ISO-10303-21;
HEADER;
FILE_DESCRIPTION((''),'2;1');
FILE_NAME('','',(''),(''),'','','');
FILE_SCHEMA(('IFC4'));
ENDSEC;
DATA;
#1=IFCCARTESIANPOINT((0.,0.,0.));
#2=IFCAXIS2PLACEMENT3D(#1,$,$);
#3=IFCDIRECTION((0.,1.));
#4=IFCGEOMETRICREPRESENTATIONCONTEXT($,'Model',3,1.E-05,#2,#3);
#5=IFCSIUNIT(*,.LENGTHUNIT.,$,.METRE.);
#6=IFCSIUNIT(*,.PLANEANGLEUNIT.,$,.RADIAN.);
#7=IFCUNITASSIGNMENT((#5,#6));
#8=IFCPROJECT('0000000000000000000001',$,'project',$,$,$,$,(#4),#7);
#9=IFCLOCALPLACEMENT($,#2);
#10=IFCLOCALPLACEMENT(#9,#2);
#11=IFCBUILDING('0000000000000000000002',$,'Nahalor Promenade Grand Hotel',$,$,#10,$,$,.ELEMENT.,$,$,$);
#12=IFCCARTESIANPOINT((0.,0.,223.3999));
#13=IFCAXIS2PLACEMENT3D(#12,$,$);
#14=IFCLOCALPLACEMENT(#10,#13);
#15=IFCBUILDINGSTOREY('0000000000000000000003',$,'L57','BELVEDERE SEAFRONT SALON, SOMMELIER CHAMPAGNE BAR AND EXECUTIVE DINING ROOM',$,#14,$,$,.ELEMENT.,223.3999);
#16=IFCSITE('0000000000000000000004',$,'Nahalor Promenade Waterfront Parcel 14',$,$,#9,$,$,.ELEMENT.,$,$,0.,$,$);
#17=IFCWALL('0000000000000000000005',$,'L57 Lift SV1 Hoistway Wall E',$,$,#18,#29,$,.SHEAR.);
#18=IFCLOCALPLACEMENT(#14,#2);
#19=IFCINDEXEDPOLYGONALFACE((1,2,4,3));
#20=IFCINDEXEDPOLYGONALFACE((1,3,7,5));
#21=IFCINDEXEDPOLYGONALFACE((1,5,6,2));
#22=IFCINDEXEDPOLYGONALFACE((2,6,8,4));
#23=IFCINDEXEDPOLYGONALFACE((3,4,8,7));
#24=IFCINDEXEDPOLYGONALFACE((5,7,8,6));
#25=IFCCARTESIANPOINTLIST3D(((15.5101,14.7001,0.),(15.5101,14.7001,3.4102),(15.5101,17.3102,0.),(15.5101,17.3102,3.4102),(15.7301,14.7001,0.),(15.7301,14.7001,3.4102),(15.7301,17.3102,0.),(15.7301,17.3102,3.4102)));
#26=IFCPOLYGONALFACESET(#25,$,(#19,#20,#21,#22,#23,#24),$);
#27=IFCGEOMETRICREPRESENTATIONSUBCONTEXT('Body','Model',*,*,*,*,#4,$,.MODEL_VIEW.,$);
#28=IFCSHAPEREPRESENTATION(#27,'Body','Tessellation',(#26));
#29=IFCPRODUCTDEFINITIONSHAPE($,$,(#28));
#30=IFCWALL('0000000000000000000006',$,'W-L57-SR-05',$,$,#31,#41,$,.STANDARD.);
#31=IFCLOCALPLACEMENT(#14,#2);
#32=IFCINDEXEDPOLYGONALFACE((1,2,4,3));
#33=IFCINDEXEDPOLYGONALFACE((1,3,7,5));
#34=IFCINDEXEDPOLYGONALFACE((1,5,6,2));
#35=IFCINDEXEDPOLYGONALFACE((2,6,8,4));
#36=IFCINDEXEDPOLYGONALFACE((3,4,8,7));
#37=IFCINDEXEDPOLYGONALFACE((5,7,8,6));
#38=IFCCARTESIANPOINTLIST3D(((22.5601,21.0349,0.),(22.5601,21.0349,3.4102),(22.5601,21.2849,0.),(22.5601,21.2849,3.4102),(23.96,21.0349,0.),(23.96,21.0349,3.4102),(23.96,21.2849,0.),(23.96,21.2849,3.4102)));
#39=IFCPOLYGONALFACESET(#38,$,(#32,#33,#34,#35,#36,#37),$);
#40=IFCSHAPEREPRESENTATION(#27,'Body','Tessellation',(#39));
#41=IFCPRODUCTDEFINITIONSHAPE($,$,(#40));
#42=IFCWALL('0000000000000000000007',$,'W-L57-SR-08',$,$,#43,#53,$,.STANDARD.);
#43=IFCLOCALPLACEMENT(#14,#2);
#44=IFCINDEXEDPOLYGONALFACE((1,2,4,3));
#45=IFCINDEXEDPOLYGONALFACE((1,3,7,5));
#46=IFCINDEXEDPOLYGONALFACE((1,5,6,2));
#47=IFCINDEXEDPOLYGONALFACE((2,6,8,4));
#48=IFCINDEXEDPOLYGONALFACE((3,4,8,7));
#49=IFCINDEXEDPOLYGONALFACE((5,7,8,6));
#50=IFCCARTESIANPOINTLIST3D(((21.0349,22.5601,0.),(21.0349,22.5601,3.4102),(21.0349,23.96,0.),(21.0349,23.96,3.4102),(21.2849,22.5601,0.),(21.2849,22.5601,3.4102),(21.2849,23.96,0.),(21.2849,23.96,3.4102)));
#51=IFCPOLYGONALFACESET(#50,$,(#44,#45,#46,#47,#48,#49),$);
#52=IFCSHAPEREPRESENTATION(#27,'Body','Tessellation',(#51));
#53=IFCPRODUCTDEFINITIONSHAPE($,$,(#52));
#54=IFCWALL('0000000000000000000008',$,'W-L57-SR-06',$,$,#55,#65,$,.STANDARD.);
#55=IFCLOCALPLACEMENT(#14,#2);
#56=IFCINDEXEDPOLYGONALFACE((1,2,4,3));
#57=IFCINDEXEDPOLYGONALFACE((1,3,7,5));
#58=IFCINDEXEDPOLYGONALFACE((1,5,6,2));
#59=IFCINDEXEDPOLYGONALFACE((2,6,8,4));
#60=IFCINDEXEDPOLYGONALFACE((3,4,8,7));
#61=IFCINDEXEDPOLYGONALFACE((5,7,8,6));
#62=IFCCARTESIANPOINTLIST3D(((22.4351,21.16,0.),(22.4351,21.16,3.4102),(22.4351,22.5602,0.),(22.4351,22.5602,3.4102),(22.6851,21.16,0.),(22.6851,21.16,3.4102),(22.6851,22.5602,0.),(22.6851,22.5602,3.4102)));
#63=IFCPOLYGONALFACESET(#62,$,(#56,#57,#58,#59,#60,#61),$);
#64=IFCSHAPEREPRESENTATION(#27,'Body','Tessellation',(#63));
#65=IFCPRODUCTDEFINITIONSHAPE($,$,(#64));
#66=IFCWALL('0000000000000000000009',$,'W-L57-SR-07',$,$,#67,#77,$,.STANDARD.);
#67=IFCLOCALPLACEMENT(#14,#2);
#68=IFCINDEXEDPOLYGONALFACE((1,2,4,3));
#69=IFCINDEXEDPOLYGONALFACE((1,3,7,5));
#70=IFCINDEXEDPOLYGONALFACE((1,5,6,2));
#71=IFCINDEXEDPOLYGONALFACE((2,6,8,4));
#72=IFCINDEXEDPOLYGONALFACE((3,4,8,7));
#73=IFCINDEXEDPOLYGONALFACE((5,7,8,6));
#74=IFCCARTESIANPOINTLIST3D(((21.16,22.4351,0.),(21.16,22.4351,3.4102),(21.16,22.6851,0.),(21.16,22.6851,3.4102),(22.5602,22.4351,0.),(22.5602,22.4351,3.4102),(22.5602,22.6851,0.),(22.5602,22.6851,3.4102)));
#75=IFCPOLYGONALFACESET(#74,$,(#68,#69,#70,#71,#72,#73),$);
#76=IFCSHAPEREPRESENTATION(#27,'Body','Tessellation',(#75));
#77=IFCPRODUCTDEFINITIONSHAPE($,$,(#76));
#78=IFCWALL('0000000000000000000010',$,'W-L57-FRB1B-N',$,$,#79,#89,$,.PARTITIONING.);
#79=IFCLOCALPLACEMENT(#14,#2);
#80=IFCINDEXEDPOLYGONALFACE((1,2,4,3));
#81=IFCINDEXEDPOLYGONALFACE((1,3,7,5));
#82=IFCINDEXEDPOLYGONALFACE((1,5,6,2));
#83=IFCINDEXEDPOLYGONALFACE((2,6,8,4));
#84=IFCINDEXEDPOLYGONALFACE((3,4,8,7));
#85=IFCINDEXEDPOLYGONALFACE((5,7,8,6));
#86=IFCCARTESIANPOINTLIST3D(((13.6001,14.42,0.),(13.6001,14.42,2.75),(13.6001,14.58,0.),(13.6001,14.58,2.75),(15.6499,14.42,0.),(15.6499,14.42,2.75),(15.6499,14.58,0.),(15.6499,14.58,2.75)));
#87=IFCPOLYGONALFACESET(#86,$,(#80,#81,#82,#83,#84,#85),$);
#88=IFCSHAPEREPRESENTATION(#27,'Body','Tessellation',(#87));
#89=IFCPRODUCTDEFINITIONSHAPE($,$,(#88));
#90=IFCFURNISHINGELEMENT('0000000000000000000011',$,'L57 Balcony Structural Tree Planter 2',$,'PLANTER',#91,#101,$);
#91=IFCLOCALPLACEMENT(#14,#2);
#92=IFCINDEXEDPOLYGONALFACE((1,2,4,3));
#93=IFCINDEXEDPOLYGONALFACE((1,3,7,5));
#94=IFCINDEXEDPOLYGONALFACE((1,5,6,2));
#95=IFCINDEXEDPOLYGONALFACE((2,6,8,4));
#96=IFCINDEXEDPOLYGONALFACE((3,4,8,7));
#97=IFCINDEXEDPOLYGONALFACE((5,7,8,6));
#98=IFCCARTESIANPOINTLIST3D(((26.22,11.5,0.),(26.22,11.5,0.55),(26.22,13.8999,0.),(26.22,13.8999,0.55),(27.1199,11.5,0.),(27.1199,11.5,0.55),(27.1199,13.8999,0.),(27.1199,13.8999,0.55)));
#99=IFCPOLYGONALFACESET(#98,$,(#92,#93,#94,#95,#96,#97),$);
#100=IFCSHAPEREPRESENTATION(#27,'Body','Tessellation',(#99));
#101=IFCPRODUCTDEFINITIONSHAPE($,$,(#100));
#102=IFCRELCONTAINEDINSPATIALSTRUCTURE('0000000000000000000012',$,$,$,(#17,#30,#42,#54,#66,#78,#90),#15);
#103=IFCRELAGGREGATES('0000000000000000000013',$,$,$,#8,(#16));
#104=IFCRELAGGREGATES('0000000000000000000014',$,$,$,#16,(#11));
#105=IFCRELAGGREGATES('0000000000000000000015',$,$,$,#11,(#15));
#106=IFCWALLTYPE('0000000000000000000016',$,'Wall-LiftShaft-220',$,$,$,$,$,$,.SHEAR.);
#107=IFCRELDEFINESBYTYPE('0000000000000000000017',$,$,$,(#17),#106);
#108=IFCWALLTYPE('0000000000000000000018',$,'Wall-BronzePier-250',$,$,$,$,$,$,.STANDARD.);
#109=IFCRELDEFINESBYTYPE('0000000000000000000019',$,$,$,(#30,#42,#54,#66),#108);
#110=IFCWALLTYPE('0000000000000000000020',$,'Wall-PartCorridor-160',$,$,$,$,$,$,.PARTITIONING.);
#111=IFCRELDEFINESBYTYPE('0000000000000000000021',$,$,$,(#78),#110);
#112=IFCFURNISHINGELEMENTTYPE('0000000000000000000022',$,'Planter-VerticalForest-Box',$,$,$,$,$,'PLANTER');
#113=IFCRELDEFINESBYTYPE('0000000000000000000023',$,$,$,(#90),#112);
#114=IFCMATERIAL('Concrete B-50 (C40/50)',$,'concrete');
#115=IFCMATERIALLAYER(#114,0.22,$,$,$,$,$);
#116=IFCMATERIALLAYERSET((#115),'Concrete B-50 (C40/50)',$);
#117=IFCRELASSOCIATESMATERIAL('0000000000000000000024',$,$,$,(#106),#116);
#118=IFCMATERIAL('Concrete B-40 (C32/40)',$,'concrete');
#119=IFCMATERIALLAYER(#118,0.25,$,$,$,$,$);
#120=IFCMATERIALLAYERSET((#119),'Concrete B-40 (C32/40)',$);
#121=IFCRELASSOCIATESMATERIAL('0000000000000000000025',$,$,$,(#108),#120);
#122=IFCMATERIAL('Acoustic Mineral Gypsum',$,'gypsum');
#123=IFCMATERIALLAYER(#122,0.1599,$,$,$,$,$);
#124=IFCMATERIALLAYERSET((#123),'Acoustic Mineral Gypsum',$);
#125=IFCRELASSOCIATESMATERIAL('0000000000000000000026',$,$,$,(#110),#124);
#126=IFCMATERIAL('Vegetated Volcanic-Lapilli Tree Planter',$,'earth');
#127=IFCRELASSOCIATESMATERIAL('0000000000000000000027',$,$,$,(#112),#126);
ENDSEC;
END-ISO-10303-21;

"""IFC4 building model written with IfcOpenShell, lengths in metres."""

from ifc_helpers import new_model, si_unit, direction, frame, frame_2d, origin, origin_2d, place, context, subcontext, project, spatial, rectangle, extrude, source, transform, mapped, material, layer, layer_set, type_object, element, save


model = new_model("IFC4")

# Units and contexts
model_context = context("Model", 3, precision=1e-05, world=origin(), true_north=direction((0.0, 1.0)))
body_context = subcontext(model_context, "Body", "Model", "MODEL_VIEW")
ifc_project = project(units=[si_unit("LENGTHUNIT", "METRE"), si_unit("PLANEANGLEUNIT", "RADIAN")], contexts=[model_context])

# Site, building, storey
site_placement = place(None, origin())
site = spatial("IfcSite", under=ifc_project, at=site_placement, Name="Nahalor Promenade Waterfront Parcel 14", CompositionType="ELEMENT", RefElevation=0.0)
building_placement = place(site_placement, origin())
building = spatial("IfcBuilding", under=site, at=building_placement, Name="Nahalor Promenade Grand Hotel", CompositionType="ELEMENT")
storey_placement = place(building_placement, frame((0.0, 0.0, 223.3999)))
storey = spatial("IfcBuildingStorey", under=building, at=storey_placement, Name="L57", Description="BELVEDERE SEAFRONT SALON, SOMMELIER CHAMPAGNE BAR AND EXECUTIVE DINING ROOM", CompositionType="ELEMENT", Elevation=223.3999)

# Shared definitions
ifc_material_1 = material(Name="Concrete B-50 (C40/50)", Category="concrete")
ifc_layer_1 = layer(ifc_material_1, 0.22)
ifc_layer_set_1 = layer_set([ifc_layer_1], Name="Concrete B-50 (C40/50)")
wall_type_1 = type_object("IfcWallType", Name="Wall-LiftShaft-220", PredefinedType="SHEAR", material=ifc_layer_set_1)

# Shared definitions
shared_shape_1 = source(origin(), body_context, "Body", "SweptSolid", [
    extrude(rectangle(XDim=2.6101, YDim=0.22, at=frame_2d((1.3052, 0.0))), origin(), (0.0, 0.0, 1.0), 3.4102),
])

# Walls
wall_1_placement = place(storey_placement, frame((15.6201, 14.7, 0.0), z_axis=(0.0, 0.0, 1.0), x_axis=(0.0, 1.0, 0.0)))
element("IfcWall", 1, at=wall_1_placement, inside=storey, type_object=wall_type_1, Name="L57 Lift SV1 Hoistway Wall E", PredefinedType="SHEAR", context=body_context, shape_type="MappedRepresentation", body=[
    mapped(shared_shape_1, transform((0.0, 0.0, 0.0), scale=1.0)),
])
ifc_material_2 = material(Name="Concrete B-40 (C32/40)", Category="concrete")
ifc_layer_2 = layer(ifc_material_2, 0.25)
ifc_layer_set_2 = layer_set([ifc_layer_2], Name="Concrete B-40 (C32/40)")
wall_type_2 = type_object("IfcWallType", Name="Wall-BronzePier-250", PredefinedType="STANDARD", material=ifc_layer_set_2)
shared_shape_2 = source(origin(), body_context, "Body", "SweptSolid", [
    extrude(rectangle(XDim=1.3999, YDim=0.25, at=frame_2d((0.7, 0.0))), origin(), (0.0, 0.0, 1.0), 3.4102),
])
for number, where, z_axis, x_axis, name in (
    (2, (22.5601, 21.1599, 0.0), (0.0, 0.0, 1.0), (1.0, 0.0, 0.0), "W-L57-SR-05"),
    (3, (21.1599, 22.5601, 0.0), (0.0, 0.0, 1.0), (0.0, 1.0, 0.0), "W-L57-SR-08"),
):
    element("IfcWall", number, at=place(storey_placement, frame(where, z_axis=z_axis, x_axis=x_axis)), inside=storey, type_object=wall_type_2, Name=name, PredefinedType="STANDARD", context=body_context, shape_type="MappedRepresentation", body=[
        mapped(shared_shape_2, transform((0.0, 0.0, 0.0), scale=1.0)),
    ])
shared_shape_3 = source(origin(), body_context, "Body", "SweptSolid", [
    extrude(rectangle(XDim=1.4001, YDim=0.25, at=frame_2d((0.7002, 0.0))), origin(), (0.0, 0.0, 1.0), 3.4102),
])
for number, where, z_axis, x_axis, name in (
    (4, (22.5601, 21.1599, 0.0), (0.0, 0.0, 1.0), (0.0, 1.0, 0.0), "W-L57-SR-06"),
    (5, (21.1599, 22.5601, 0.0), (0.0, 0.0, 1.0), (1.0, 0.0, 0.0), "W-L57-SR-07"),
):
    element("IfcWall", number, at=place(storey_placement, frame(where, z_axis=z_axis, x_axis=x_axis)), inside=storey, type_object=wall_type_2, Name=name, PredefinedType="STANDARD", context=body_context, shape_type="MappedRepresentation", body=[
        mapped(shared_shape_3, transform((0.0, 0.0, 0.0), scale=1.0)),
    ])
ifc_material_3 = material(Name="Acoustic Mineral Gypsum", Category="gypsum")
ifc_layer_3 = layer(ifc_material_3, 0.1599)
ifc_layer_set_3 = layer_set([ifc_layer_3], Name="Acoustic Mineral Gypsum")
wall_type_3 = type_object("IfcWallType", Name="Wall-PartCorridor-160", PredefinedType="PARTITIONING", material=ifc_layer_set_3)
shared_shape_4 = source(origin(), body_context, "Body", "SweptSolid", [
    extrude(rectangle(XDim=2.0498, YDim=0.1599, at=frame_2d((1.0249, 0.0))), origin(), (0.0, 0.0, 1.0), 2.75),
])
wall_2_placement = place(storey_placement, frame((13.6001, 14.5, 0.0), z_axis=(0.0, 0.0, 1.0), x_axis=(1.0, 0.0, 0.0)))
element("IfcWall", 6, at=wall_2_placement, inside=storey, type_object=wall_type_3, Name="W-L57-FRB1B-N", PredefinedType="PARTITIONING", context=body_context, shape_type="MappedRepresentation", body=[
    mapped(shared_shape_4, transform((0.0, 0.0, 0.0), scale=1.0)),
])

# Furnishing element
ifc_material_4 = material(Name="Vegetated Volcanic-Lapilli Tree Planter", Category="earth")
furnishing_element_type = type_object("IfcFurnishingElementType", Name="Planter-VerticalForest-Box", ElementType="PLANTER", material=ifc_material_4)
shared_shape_5 = source(origin(), body_context, "Body", "SweptSolid", [
    extrude(rectangle(XDim=2.3999, YDim=0.8999, at=origin_2d()), origin(), (0.0, 0.0, 1.0), 0.55),
])
furnishing_placement = place(storey_placement, frame((26.6699, 12.7, 0.0), z_axis=(0.0, 0.0, 1.0), x_axis=(0.0, 1.0, 0.0)))
element("IfcFurnishingElement", 7, at=furnishing_placement, inside=storey, type_object=furnishing_element_type, Name="L57 Balcony Structural Tree Planter 2", ObjectType="PLANTER", context=body_context, shape_type="MappedRepresentation", body=[
    mapped(shared_shape_5, transform((0.0, 0.0, 0.0), scale=1.0)),
])

save(model, "model.ifc")
